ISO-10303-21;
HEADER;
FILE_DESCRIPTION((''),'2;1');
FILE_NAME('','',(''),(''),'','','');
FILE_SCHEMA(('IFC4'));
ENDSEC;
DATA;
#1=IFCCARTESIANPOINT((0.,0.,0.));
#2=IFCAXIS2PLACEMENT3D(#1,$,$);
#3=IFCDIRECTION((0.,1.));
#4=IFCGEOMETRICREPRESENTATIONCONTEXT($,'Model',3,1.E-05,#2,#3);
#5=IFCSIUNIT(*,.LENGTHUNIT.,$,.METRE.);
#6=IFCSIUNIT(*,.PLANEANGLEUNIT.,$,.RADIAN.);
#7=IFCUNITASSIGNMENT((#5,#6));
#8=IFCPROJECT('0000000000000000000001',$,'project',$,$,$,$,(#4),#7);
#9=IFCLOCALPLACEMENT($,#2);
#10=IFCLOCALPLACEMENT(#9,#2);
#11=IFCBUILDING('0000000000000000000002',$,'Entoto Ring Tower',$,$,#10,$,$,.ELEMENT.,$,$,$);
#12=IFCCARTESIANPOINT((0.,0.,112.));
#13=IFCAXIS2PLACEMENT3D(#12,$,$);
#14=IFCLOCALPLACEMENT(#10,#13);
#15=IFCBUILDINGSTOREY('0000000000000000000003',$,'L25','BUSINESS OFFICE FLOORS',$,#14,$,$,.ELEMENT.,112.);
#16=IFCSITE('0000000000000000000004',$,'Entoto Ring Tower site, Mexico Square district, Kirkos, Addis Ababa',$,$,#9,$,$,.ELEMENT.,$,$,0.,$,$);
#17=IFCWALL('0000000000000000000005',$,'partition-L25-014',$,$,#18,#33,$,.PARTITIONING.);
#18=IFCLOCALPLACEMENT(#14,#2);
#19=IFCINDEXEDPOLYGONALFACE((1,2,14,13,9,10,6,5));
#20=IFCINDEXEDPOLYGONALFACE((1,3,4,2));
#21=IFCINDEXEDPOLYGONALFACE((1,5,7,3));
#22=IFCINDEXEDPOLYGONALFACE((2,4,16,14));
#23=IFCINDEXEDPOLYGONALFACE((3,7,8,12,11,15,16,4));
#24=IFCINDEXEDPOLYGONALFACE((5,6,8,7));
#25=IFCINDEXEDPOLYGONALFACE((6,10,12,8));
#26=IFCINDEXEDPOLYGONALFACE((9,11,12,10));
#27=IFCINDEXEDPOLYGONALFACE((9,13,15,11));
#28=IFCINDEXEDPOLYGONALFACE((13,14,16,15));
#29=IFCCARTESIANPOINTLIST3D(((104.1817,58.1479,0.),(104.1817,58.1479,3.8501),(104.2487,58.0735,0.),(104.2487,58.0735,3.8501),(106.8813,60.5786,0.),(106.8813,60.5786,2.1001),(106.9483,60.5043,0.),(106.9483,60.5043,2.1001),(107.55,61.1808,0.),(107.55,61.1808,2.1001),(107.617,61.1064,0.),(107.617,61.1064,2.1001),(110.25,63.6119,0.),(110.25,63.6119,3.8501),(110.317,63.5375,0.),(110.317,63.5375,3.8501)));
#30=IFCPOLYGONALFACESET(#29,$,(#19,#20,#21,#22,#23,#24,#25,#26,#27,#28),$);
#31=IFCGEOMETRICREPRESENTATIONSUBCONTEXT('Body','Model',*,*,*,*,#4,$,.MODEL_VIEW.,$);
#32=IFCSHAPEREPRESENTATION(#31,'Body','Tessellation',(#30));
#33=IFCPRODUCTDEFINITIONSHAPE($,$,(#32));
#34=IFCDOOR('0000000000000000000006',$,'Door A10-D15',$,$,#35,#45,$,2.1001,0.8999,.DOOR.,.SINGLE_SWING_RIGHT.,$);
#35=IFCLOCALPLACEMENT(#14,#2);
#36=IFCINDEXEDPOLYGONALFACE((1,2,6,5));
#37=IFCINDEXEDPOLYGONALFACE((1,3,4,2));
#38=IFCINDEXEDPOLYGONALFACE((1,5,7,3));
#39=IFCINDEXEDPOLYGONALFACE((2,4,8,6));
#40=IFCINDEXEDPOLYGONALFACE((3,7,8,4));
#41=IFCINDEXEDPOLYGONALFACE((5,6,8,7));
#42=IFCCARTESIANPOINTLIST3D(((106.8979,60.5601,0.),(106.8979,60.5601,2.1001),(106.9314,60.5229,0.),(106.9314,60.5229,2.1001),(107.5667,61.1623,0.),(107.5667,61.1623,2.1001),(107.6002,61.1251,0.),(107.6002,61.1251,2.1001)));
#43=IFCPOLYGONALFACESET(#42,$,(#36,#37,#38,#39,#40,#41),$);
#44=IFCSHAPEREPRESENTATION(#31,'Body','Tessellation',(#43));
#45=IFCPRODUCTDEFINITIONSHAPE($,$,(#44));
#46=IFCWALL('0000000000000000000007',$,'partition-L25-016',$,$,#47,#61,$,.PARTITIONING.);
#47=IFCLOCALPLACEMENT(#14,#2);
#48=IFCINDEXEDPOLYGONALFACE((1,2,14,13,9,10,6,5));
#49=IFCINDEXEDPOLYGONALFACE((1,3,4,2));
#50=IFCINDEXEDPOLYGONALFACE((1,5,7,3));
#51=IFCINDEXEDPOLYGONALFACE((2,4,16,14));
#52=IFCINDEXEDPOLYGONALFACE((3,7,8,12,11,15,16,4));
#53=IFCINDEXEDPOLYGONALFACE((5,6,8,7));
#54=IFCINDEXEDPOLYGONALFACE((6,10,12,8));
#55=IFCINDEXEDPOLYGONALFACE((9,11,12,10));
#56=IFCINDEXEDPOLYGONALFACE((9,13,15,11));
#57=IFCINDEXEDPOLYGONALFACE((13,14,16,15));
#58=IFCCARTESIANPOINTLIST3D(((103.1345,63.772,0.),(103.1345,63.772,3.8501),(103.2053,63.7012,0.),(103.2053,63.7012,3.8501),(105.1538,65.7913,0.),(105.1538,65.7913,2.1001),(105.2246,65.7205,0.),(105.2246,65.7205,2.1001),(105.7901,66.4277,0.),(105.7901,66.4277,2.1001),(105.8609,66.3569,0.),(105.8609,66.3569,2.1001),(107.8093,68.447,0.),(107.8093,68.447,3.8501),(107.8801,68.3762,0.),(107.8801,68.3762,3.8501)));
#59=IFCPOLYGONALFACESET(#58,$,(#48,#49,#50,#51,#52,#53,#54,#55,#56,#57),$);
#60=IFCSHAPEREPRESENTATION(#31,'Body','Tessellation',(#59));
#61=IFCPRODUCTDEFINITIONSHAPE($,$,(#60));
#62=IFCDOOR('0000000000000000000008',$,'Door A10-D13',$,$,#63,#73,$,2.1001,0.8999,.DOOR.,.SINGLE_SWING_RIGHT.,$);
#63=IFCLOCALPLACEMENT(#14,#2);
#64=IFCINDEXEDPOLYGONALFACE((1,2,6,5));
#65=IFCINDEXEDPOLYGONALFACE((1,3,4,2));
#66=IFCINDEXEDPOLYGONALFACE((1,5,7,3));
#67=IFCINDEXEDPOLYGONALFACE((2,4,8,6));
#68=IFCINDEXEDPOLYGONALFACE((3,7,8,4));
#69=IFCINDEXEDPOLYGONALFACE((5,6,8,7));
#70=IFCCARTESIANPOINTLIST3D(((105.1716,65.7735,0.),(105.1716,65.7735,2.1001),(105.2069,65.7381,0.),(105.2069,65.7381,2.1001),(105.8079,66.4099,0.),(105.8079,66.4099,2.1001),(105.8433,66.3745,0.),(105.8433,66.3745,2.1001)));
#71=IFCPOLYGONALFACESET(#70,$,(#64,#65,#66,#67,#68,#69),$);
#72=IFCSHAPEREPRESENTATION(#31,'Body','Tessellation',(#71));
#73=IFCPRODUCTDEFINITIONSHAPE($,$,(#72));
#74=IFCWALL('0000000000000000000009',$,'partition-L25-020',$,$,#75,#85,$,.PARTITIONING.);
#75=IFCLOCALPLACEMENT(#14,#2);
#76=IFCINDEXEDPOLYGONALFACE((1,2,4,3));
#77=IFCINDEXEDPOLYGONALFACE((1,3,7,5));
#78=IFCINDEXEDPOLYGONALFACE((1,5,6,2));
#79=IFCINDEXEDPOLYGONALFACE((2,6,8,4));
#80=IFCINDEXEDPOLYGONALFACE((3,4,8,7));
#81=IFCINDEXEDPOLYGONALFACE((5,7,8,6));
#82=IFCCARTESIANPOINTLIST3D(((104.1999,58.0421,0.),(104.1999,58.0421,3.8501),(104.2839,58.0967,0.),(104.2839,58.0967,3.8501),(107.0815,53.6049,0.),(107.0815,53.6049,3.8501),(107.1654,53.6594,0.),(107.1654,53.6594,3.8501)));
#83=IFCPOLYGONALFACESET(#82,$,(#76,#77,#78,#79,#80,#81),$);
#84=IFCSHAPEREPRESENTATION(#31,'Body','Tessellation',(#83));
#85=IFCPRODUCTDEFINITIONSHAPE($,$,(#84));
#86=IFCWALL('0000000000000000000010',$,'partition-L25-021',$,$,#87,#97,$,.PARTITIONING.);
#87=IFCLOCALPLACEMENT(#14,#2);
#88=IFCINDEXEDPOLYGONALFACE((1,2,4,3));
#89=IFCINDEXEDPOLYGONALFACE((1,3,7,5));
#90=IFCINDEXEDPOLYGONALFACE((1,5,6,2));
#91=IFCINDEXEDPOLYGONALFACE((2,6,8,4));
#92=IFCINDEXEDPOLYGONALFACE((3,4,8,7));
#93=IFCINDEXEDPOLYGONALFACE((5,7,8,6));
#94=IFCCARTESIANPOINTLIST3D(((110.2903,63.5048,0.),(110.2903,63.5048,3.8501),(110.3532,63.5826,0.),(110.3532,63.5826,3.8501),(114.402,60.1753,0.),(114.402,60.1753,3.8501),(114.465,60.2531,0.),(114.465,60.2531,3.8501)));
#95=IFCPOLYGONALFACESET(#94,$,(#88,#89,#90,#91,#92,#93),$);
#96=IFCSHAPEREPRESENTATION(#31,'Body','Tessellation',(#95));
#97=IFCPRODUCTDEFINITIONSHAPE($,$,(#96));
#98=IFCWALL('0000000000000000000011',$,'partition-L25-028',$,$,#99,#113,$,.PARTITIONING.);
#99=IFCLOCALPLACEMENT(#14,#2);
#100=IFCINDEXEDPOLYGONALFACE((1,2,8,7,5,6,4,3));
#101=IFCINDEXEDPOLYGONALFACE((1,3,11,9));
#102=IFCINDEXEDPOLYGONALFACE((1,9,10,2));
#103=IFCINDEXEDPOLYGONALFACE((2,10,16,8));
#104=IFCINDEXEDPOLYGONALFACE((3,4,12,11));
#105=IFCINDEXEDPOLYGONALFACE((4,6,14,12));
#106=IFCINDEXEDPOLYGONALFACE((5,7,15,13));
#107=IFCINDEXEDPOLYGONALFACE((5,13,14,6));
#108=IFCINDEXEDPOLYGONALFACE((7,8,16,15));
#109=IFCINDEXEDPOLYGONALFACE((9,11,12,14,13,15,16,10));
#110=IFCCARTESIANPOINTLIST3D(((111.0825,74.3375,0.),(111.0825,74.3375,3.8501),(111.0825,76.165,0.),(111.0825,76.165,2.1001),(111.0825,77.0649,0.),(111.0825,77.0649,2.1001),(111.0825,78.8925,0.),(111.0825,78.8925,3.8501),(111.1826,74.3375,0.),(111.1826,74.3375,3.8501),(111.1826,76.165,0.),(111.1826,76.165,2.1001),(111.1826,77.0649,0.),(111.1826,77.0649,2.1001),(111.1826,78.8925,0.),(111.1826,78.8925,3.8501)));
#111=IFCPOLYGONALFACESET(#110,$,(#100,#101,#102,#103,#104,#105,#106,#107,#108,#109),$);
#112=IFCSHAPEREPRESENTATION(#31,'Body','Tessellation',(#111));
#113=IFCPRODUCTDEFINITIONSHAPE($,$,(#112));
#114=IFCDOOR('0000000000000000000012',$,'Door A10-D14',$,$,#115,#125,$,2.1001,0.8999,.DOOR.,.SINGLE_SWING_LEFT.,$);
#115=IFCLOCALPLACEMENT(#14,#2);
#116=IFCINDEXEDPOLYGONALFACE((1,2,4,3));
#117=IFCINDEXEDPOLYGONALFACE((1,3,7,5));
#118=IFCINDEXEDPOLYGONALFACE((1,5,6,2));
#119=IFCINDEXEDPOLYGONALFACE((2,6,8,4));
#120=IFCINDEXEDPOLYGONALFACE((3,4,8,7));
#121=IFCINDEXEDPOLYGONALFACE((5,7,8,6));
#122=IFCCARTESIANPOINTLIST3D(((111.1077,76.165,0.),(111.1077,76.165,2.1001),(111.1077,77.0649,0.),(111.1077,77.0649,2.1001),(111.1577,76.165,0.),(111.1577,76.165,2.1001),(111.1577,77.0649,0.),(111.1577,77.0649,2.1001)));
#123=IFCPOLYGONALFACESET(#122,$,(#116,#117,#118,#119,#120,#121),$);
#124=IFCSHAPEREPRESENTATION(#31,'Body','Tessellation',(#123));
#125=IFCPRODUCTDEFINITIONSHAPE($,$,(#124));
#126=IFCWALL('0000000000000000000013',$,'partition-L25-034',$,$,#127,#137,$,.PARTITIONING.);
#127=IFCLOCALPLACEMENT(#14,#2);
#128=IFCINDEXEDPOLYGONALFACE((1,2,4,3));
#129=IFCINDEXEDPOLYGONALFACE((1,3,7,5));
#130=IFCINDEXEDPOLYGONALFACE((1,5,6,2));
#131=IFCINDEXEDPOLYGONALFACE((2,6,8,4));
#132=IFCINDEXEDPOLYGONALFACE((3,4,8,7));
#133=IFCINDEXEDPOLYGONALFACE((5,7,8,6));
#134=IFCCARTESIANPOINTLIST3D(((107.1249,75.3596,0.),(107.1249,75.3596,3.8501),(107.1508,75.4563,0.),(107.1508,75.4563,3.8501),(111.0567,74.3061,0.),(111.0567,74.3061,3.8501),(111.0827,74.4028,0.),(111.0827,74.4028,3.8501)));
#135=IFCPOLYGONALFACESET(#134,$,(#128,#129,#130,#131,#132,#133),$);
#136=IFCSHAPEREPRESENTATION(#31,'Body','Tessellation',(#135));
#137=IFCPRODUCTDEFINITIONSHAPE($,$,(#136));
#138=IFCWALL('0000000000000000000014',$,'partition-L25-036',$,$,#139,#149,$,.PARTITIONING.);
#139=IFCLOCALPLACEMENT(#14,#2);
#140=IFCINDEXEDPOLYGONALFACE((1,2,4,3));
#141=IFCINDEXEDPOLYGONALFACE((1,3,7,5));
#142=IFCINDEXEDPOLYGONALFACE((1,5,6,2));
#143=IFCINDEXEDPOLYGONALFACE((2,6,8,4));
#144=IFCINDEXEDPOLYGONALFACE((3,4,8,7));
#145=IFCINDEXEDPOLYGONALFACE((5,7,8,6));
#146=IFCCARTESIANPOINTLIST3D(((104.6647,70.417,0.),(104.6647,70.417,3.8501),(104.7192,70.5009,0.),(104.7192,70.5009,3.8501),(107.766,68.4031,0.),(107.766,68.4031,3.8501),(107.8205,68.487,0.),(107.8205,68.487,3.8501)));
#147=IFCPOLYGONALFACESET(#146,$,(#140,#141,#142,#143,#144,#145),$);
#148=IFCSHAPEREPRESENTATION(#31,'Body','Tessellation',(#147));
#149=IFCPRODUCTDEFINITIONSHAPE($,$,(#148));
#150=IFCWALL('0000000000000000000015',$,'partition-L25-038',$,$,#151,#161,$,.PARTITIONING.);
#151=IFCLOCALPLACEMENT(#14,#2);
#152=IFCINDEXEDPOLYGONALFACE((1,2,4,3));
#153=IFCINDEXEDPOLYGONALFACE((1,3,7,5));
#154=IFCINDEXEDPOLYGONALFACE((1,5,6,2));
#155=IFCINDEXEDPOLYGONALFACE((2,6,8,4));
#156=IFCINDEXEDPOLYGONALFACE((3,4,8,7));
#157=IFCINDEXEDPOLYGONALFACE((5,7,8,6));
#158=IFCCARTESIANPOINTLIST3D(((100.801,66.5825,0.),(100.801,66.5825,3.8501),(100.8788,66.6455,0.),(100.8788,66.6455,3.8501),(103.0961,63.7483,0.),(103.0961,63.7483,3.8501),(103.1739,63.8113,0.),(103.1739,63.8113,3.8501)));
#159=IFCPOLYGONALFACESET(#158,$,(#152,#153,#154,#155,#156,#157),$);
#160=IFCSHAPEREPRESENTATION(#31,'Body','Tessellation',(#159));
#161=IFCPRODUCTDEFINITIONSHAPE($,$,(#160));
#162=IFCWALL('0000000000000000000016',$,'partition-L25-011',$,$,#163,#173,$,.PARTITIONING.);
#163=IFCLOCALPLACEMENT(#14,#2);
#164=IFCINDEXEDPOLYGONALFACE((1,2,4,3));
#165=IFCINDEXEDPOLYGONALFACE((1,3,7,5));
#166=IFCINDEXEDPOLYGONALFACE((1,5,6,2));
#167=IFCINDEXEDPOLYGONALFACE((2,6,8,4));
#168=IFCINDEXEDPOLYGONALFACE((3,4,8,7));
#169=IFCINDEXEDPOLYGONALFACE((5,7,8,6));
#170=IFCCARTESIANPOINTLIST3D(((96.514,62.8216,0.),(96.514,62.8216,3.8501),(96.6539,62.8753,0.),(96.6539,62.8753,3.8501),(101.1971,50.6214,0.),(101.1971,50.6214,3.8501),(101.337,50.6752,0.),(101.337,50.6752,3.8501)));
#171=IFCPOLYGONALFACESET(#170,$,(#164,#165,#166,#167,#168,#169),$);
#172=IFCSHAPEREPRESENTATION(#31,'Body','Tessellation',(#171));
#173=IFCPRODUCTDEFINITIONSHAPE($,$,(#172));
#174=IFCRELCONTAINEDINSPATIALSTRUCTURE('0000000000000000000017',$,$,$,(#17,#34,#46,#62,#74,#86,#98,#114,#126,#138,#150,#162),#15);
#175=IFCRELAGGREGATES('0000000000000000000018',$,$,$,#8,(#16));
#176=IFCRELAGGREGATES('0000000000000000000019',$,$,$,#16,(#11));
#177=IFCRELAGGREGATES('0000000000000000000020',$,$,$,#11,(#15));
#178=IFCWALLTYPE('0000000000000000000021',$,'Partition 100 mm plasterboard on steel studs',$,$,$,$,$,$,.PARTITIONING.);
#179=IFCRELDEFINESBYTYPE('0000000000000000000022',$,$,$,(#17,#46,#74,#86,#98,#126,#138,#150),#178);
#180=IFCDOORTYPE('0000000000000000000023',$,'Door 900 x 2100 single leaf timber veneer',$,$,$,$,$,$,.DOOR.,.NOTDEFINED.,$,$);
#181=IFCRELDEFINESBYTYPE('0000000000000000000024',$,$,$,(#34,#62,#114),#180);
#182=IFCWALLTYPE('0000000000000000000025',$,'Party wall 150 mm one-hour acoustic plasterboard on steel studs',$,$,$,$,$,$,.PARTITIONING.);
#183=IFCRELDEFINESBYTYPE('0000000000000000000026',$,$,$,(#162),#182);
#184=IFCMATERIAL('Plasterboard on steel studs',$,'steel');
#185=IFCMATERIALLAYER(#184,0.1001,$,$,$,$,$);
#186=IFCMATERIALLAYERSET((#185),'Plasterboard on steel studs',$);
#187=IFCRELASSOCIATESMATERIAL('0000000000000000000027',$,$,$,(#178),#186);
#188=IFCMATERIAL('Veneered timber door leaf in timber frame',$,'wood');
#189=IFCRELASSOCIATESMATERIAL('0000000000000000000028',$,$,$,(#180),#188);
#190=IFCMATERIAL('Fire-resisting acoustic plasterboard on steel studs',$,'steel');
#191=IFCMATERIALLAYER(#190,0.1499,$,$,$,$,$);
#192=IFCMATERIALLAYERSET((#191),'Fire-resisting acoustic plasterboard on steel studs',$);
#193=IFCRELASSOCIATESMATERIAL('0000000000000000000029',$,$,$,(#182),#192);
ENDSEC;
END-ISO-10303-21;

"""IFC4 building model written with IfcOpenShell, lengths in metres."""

from ifc_helpers import new_model, si_unit, direction, frame, frame_2d, origin, place, context, subcontext, project, spatial, rectangle, extrude, material, layer, layer_set, type_object, element, fill, save


model = new_model("IFC4")

# Units and contexts
model_context = context("Model", 3, precision=1e-05, world=origin(), true_north=direction((0.0, 1.0)))
body_context = subcontext(model_context, "Body", "Model", "MODEL_VIEW")
ifc_project = project(units=[si_unit("LENGTHUNIT", "METRE"), si_unit("PLANEANGLEUNIT", "RADIAN")], contexts=[model_context])

# Site, building, storey
site_placement = place(None, origin())
site = spatial("IfcSite", under=ifc_project, at=site_placement, Name="Entoto Ring Tower site, Mexico Square district, Kirkos, Addis Ababa", CompositionType="ELEMENT", RefElevation=0.0)
building_placement = place(site_placement, origin())
building = spatial("IfcBuilding", under=site, at=building_placement, Name="Entoto Ring Tower", CompositionType="ELEMENT")
storey_placement = place(building_placement, frame((0.0, 0.0, 112.0)))
storey = spatial("IfcBuildingStorey", under=building, at=storey_placement, Name="L25", Description="BUSINESS OFFICE FLOORS", CompositionType="ELEMENT", Elevation=112.0)

# Walls, openings, doors
ifc_material_1 = material(Name="Plasterboard on steel studs", Category="steel")
ifc_layer_1 = layer(ifc_material_1, 0.1001)
ifc_layer_set_1 = layer_set([ifc_layer_1], Name="Plasterboard on steel studs")
wall_type_1 = type_object("IfcWallType", Name="Partition 100 mm plasterboard on steel studs", PredefinedType="PARTITIONING", material=ifc_layer_set_1)
wall_1_placement = place(storey_placement, frame((104.2151, 58.1106, 0.0), z_axis=(0.0, 0.0, 1.0), x_axis=(0.743137, 0.66914, 0.0)))
wall_1 = element("IfcWall", 1, at=wall_1_placement, inside=storey, type_object=wall_type_1, Name="partition-L25-014", PredefinedType="PARTITIONING", context=body_context, shape_type="SweptSolid", body=[
    extrude(rectangle(XDim=8.1658, YDim=0.1001, at=frame_2d((4.083, 0.0))), origin(), (0.0, 0.0, 1.0), 3.8501),
])
opening_1_placement = place(wall_1_placement, frame((3.6328, 0.0, 0.0)))
opening_1 = element("IfcOpeningElement", 2, at=opening_1_placement, cuts=wall_1, PredefinedType="OPENING", context=body_context, shape_type="SweptSolid", body=[
    extrude(rectangle(XDim=0.8999, YDim=2.1001, at=frame_2d((0.45, 1.05))), frame((0.0, 0.0601, 0.0), z_axis=(0.0, -1.0, 0.0), x_axis=(1.0, 0.0, 0.0)), (0.0, 0.0, 1.0), 0.1201),
])
ifc_material_2 = material(Name="Veneered timber door leaf in timber frame", Category="wood")
door_type_1 = type_object("IfcDoorType", Name="Door 900 x 2100 single leaf timber veneer", OperationType="NOTDEFINED", PredefinedType="DOOR", material=ifc_material_2)
door_1_placement = place(opening_1_placement, frame((0.8999, 0.0, 0.0), z_axis=(0.0, 0.0, 1.0), x_axis=(-1.0, 0.0, 0.0)))
door_1 = element("IfcDoor", 3, at=door_1_placement, inside=storey, type_object=door_type_1, Name="Door A10-D15", OperationType="SINGLE_SWING_RIGHT", OverallHeight=2.1001, OverallWidth=0.8999, PredefinedType="DOOR", context=body_context, shape_type="SweptSolid", body=[
    extrude(rectangle(XDim=0.8999, YDim=2.1001, at=frame_2d((0.45, 1.05))), frame((0.0, 0.0249, 0.0), z_axis=(0.0, -1.0, 0.0), x_axis=(1.0, 0.0, 0.0)), (0.0, 0.0, 1.0), 0.05),
])
fill(opening_1, door_1)
wall_2_placement = place(storey_placement, frame((103.1699, 63.7366, 0.0), z_axis=(0.0, 0.0, 1.0), x_axis=(0.707088, 0.707125, 0.0)))
wall_2 = element("IfcWall", 4, at=wall_2_placement, inside=storey, type_object=wall_type_1, Name="partition-L25-016", PredefinedType="PARTITIONING", context=body_context, shape_type="SweptSolid", body=[
    extrude(rectangle(XDim=6.6113, YDim=0.1001, at=frame_2d((3.3057, 0.0))), origin(), (0.0, 0.0, 1.0), 3.8501),
])
opening_2_placement = place(wall_2_placement, frame((2.8557, 0.0, 0.0)))
opening_2 = element("IfcOpeningElement", 5, at=opening_2_placement, cuts=wall_2, PredefinedType="OPENING", context=body_context, shape_type="SweptSolid", body=[
    extrude(rectangle(XDim=0.8999, YDim=2.1001, at=frame_2d((0.45, 1.05))), frame((0.0, 0.0601, 0.0), z_axis=(0.0, -1.0, 0.0), x_axis=(1.0, 0.0, 0.0)), (0.0, 0.0, 1.0), 0.1201),
])
door_2_placement = place(opening_2_placement, origin())
door_2 = element("IfcDoor", 6, at=door_2_placement, inside=storey, type_object=door_type_1, Name="Door A10-D13", OperationType="SINGLE_SWING_RIGHT", OverallHeight=2.1001, OverallWidth=0.8999, PredefinedType="DOOR", context=body_context, shape_type="SweptSolid", body=[
    extrude(rectangle(XDim=0.8999, YDim=2.1001, at=frame_2d((0.45, 1.05))), frame((0.0, 0.0249, 0.0), z_axis=(0.0, -1.0, 0.0), x_axis=(1.0, 0.0, 0.0)), (0.0, 0.0, 1.0), 0.05),
])
fill(opening_2, door_2)

# Walls
for number, where, z_axis, x_axis, name in (
    (7, (107.1235, 53.6321, 0.0), (0.0, 0.0, 1.0), (-0.54464, 0.83867, 0.0), "partition-L25-020"),
    (8, (114.4336, 60.2141, 0.0), (0.0, 0.0, 1.0), (-0.777155, 0.62931, 0.0), "partition-L25-021"),
):
    element("IfcWall", number, at=place(storey_placement, frame(where, z_axis=z_axis, x_axis=x_axis)), inside=storey, type_object=wall_type_1, Name=name, PredefinedType="PARTITIONING", context=body_context, shape_type="SweptSolid", body=[
        extrude(rectangle(XDim=5.2908, YDim=0.1001, at=frame_2d((2.6455, 0.0))), origin(), (0.0, 0.0, 1.0), 3.8501),
    ])

# Wall, opening, door
wall_3_placement = place(storey_placement, frame((111.1326, 74.3376, 0.0), z_axis=(0.0, 0.0, 1.0), x_axis=(0.0, 1.0, 0.0)))
wall_3 = element("IfcWall", 9, at=wall_3_placement, inside=storey, type_object=wall_type_1, Name="partition-L25-028", PredefinedType="PARTITIONING", context=body_context, shape_type="SweptSolid", body=[
    extrude(rectangle(XDim=4.5549, YDim=0.1001, at=frame_2d((2.2773, 0.0))), origin(), (0.0, 0.0, 1.0), 3.8501),
])
opening_3_placement = place(wall_3_placement, frame((1.8274, 0.0, 0.0)))
opening_3 = element("IfcOpeningElement", 10, at=opening_3_placement, cuts=wall_3, PredefinedType="OPENING", context=body_context, shape_type="SweptSolid", body=[
    extrude(rectangle(XDim=0.8999, YDim=2.1001, at=frame_2d((0.45, 1.05))), frame((0.0, 0.0601, 0.0), z_axis=(0.0, -1.0, 0.0), x_axis=(1.0, 0.0, 0.0)), (0.0, 0.0, 1.0), 0.1201),
])
door_3_placement = place(opening_3_placement, origin())
door_3 = element("IfcDoor", 11, at=door_3_placement, inside=storey, type_object=door_type_1, Name="Door A10-D14", OperationType="SINGLE_SWING_LEFT", OverallHeight=2.1001, OverallWidth=0.8999, PredefinedType="DOOR", context=body_context, shape_type="SweptSolid", body=[
    extrude(rectangle(XDim=0.8999, YDim=2.1001, at=frame_2d((0.45, 1.05))), frame((0.0, 0.0249, 0.0), z_axis=(0.0, -1.0, 0.0), x_axis=(1.0, 0.0, 0.0)), (0.0, 0.0, 1.0), 0.05),
])
fill(opening_3, door_3)

# Walls
wall_4_placement = place(storey_placement, frame((111.0696, 74.3545, 0.0), z_axis=(0.0, 0.0, 1.0), x_axis=(-0.965931, 0.258801, 0.0)))
element("IfcWall", 12, at=wall_4_placement, inside=storey, type_object=wall_type_1, Name="partition-L25-034", PredefinedType="PARTITIONING", context=body_context, shape_type="SweptSolid", body=[
    extrude(rectangle(XDim=4.0706, YDim=0.1001, at=frame_2d((2.0352, 0.0))), origin(), (0.0, 0.0, 1.0), 3.8501),
])
wall_5_placement = place(storey_placement, frame((107.7932, 68.4451, 0.0), z_axis=(0.0, 0.0, 1.0), x_axis=(-0.838683, 0.544619, 0.0)))
element("IfcWall", 13, at=wall_5_placement, inside=storey, type_object=wall_type_1, Name="partition-L25-036", PredefinedType="PARTITIONING", context=body_context, shape_type="SweptSolid", body=[
    extrude(rectangle(XDim=3.6978, YDim=0.1001, at=frame_2d((1.8489, 0.0))), origin(), (0.0, 0.0, 1.0), 3.8501),
])
wall_6_placement = place(storey_placement, frame((103.135, 63.7798, 0.0), z_axis=(0.0, 0.0, 1.0), x_axis=(-0.629329, 0.777139, 0.0)))
element("IfcWall", 14, at=wall_6_placement, inside=storey, type_object=wall_type_1, Name="partition-L25-038", PredefinedType="PARTITIONING", context=body_context, shape_type="SweptSolid", body=[
    extrude(rectangle(XDim=3.647, YDim=0.1001, at=frame_2d((1.8235, 0.0))), origin(), (0.0, 0.0, 1.0), 3.8501),
])
ifc_material_3 = material(Name="Fire-resisting acoustic plasterboard on steel studs", Category="steel")
ifc_layer_2 = layer(ifc_material_3, 0.1499)
ifc_layer_set_2 = layer_set([ifc_layer_2], Name="Fire-resisting acoustic plasterboard on steel studs")
wall_type_2 = type_object("IfcWallType", Name="Party wall 150 mm one-hour acoustic plasterboard on steel studs", PredefinedType="PARTITIONING", material=ifc_layer_set_2)
wall_7_placement = place(storey_placement, frame((101.2671, 50.6482, 0.0), z_axis=(0.0, 0.0, 1.0), x_axis=(-0.358361, 0.933583, 0.0)))
element("IfcWall", 15, at=wall_7_placement, inside=storey, type_object=wall_type_2, Name="partition-L25-011", PredefinedType="PARTITIONING", context=body_context, shape_type="SweptSolid", body=[
    extrude(rectangle(XDim=13.0681, YDim=0.1499, at=frame_2d((6.5342, 0.0))), origin(), (0.0, 0.0, 1.0), 3.8501),
])

save(model, "model.ifc")
